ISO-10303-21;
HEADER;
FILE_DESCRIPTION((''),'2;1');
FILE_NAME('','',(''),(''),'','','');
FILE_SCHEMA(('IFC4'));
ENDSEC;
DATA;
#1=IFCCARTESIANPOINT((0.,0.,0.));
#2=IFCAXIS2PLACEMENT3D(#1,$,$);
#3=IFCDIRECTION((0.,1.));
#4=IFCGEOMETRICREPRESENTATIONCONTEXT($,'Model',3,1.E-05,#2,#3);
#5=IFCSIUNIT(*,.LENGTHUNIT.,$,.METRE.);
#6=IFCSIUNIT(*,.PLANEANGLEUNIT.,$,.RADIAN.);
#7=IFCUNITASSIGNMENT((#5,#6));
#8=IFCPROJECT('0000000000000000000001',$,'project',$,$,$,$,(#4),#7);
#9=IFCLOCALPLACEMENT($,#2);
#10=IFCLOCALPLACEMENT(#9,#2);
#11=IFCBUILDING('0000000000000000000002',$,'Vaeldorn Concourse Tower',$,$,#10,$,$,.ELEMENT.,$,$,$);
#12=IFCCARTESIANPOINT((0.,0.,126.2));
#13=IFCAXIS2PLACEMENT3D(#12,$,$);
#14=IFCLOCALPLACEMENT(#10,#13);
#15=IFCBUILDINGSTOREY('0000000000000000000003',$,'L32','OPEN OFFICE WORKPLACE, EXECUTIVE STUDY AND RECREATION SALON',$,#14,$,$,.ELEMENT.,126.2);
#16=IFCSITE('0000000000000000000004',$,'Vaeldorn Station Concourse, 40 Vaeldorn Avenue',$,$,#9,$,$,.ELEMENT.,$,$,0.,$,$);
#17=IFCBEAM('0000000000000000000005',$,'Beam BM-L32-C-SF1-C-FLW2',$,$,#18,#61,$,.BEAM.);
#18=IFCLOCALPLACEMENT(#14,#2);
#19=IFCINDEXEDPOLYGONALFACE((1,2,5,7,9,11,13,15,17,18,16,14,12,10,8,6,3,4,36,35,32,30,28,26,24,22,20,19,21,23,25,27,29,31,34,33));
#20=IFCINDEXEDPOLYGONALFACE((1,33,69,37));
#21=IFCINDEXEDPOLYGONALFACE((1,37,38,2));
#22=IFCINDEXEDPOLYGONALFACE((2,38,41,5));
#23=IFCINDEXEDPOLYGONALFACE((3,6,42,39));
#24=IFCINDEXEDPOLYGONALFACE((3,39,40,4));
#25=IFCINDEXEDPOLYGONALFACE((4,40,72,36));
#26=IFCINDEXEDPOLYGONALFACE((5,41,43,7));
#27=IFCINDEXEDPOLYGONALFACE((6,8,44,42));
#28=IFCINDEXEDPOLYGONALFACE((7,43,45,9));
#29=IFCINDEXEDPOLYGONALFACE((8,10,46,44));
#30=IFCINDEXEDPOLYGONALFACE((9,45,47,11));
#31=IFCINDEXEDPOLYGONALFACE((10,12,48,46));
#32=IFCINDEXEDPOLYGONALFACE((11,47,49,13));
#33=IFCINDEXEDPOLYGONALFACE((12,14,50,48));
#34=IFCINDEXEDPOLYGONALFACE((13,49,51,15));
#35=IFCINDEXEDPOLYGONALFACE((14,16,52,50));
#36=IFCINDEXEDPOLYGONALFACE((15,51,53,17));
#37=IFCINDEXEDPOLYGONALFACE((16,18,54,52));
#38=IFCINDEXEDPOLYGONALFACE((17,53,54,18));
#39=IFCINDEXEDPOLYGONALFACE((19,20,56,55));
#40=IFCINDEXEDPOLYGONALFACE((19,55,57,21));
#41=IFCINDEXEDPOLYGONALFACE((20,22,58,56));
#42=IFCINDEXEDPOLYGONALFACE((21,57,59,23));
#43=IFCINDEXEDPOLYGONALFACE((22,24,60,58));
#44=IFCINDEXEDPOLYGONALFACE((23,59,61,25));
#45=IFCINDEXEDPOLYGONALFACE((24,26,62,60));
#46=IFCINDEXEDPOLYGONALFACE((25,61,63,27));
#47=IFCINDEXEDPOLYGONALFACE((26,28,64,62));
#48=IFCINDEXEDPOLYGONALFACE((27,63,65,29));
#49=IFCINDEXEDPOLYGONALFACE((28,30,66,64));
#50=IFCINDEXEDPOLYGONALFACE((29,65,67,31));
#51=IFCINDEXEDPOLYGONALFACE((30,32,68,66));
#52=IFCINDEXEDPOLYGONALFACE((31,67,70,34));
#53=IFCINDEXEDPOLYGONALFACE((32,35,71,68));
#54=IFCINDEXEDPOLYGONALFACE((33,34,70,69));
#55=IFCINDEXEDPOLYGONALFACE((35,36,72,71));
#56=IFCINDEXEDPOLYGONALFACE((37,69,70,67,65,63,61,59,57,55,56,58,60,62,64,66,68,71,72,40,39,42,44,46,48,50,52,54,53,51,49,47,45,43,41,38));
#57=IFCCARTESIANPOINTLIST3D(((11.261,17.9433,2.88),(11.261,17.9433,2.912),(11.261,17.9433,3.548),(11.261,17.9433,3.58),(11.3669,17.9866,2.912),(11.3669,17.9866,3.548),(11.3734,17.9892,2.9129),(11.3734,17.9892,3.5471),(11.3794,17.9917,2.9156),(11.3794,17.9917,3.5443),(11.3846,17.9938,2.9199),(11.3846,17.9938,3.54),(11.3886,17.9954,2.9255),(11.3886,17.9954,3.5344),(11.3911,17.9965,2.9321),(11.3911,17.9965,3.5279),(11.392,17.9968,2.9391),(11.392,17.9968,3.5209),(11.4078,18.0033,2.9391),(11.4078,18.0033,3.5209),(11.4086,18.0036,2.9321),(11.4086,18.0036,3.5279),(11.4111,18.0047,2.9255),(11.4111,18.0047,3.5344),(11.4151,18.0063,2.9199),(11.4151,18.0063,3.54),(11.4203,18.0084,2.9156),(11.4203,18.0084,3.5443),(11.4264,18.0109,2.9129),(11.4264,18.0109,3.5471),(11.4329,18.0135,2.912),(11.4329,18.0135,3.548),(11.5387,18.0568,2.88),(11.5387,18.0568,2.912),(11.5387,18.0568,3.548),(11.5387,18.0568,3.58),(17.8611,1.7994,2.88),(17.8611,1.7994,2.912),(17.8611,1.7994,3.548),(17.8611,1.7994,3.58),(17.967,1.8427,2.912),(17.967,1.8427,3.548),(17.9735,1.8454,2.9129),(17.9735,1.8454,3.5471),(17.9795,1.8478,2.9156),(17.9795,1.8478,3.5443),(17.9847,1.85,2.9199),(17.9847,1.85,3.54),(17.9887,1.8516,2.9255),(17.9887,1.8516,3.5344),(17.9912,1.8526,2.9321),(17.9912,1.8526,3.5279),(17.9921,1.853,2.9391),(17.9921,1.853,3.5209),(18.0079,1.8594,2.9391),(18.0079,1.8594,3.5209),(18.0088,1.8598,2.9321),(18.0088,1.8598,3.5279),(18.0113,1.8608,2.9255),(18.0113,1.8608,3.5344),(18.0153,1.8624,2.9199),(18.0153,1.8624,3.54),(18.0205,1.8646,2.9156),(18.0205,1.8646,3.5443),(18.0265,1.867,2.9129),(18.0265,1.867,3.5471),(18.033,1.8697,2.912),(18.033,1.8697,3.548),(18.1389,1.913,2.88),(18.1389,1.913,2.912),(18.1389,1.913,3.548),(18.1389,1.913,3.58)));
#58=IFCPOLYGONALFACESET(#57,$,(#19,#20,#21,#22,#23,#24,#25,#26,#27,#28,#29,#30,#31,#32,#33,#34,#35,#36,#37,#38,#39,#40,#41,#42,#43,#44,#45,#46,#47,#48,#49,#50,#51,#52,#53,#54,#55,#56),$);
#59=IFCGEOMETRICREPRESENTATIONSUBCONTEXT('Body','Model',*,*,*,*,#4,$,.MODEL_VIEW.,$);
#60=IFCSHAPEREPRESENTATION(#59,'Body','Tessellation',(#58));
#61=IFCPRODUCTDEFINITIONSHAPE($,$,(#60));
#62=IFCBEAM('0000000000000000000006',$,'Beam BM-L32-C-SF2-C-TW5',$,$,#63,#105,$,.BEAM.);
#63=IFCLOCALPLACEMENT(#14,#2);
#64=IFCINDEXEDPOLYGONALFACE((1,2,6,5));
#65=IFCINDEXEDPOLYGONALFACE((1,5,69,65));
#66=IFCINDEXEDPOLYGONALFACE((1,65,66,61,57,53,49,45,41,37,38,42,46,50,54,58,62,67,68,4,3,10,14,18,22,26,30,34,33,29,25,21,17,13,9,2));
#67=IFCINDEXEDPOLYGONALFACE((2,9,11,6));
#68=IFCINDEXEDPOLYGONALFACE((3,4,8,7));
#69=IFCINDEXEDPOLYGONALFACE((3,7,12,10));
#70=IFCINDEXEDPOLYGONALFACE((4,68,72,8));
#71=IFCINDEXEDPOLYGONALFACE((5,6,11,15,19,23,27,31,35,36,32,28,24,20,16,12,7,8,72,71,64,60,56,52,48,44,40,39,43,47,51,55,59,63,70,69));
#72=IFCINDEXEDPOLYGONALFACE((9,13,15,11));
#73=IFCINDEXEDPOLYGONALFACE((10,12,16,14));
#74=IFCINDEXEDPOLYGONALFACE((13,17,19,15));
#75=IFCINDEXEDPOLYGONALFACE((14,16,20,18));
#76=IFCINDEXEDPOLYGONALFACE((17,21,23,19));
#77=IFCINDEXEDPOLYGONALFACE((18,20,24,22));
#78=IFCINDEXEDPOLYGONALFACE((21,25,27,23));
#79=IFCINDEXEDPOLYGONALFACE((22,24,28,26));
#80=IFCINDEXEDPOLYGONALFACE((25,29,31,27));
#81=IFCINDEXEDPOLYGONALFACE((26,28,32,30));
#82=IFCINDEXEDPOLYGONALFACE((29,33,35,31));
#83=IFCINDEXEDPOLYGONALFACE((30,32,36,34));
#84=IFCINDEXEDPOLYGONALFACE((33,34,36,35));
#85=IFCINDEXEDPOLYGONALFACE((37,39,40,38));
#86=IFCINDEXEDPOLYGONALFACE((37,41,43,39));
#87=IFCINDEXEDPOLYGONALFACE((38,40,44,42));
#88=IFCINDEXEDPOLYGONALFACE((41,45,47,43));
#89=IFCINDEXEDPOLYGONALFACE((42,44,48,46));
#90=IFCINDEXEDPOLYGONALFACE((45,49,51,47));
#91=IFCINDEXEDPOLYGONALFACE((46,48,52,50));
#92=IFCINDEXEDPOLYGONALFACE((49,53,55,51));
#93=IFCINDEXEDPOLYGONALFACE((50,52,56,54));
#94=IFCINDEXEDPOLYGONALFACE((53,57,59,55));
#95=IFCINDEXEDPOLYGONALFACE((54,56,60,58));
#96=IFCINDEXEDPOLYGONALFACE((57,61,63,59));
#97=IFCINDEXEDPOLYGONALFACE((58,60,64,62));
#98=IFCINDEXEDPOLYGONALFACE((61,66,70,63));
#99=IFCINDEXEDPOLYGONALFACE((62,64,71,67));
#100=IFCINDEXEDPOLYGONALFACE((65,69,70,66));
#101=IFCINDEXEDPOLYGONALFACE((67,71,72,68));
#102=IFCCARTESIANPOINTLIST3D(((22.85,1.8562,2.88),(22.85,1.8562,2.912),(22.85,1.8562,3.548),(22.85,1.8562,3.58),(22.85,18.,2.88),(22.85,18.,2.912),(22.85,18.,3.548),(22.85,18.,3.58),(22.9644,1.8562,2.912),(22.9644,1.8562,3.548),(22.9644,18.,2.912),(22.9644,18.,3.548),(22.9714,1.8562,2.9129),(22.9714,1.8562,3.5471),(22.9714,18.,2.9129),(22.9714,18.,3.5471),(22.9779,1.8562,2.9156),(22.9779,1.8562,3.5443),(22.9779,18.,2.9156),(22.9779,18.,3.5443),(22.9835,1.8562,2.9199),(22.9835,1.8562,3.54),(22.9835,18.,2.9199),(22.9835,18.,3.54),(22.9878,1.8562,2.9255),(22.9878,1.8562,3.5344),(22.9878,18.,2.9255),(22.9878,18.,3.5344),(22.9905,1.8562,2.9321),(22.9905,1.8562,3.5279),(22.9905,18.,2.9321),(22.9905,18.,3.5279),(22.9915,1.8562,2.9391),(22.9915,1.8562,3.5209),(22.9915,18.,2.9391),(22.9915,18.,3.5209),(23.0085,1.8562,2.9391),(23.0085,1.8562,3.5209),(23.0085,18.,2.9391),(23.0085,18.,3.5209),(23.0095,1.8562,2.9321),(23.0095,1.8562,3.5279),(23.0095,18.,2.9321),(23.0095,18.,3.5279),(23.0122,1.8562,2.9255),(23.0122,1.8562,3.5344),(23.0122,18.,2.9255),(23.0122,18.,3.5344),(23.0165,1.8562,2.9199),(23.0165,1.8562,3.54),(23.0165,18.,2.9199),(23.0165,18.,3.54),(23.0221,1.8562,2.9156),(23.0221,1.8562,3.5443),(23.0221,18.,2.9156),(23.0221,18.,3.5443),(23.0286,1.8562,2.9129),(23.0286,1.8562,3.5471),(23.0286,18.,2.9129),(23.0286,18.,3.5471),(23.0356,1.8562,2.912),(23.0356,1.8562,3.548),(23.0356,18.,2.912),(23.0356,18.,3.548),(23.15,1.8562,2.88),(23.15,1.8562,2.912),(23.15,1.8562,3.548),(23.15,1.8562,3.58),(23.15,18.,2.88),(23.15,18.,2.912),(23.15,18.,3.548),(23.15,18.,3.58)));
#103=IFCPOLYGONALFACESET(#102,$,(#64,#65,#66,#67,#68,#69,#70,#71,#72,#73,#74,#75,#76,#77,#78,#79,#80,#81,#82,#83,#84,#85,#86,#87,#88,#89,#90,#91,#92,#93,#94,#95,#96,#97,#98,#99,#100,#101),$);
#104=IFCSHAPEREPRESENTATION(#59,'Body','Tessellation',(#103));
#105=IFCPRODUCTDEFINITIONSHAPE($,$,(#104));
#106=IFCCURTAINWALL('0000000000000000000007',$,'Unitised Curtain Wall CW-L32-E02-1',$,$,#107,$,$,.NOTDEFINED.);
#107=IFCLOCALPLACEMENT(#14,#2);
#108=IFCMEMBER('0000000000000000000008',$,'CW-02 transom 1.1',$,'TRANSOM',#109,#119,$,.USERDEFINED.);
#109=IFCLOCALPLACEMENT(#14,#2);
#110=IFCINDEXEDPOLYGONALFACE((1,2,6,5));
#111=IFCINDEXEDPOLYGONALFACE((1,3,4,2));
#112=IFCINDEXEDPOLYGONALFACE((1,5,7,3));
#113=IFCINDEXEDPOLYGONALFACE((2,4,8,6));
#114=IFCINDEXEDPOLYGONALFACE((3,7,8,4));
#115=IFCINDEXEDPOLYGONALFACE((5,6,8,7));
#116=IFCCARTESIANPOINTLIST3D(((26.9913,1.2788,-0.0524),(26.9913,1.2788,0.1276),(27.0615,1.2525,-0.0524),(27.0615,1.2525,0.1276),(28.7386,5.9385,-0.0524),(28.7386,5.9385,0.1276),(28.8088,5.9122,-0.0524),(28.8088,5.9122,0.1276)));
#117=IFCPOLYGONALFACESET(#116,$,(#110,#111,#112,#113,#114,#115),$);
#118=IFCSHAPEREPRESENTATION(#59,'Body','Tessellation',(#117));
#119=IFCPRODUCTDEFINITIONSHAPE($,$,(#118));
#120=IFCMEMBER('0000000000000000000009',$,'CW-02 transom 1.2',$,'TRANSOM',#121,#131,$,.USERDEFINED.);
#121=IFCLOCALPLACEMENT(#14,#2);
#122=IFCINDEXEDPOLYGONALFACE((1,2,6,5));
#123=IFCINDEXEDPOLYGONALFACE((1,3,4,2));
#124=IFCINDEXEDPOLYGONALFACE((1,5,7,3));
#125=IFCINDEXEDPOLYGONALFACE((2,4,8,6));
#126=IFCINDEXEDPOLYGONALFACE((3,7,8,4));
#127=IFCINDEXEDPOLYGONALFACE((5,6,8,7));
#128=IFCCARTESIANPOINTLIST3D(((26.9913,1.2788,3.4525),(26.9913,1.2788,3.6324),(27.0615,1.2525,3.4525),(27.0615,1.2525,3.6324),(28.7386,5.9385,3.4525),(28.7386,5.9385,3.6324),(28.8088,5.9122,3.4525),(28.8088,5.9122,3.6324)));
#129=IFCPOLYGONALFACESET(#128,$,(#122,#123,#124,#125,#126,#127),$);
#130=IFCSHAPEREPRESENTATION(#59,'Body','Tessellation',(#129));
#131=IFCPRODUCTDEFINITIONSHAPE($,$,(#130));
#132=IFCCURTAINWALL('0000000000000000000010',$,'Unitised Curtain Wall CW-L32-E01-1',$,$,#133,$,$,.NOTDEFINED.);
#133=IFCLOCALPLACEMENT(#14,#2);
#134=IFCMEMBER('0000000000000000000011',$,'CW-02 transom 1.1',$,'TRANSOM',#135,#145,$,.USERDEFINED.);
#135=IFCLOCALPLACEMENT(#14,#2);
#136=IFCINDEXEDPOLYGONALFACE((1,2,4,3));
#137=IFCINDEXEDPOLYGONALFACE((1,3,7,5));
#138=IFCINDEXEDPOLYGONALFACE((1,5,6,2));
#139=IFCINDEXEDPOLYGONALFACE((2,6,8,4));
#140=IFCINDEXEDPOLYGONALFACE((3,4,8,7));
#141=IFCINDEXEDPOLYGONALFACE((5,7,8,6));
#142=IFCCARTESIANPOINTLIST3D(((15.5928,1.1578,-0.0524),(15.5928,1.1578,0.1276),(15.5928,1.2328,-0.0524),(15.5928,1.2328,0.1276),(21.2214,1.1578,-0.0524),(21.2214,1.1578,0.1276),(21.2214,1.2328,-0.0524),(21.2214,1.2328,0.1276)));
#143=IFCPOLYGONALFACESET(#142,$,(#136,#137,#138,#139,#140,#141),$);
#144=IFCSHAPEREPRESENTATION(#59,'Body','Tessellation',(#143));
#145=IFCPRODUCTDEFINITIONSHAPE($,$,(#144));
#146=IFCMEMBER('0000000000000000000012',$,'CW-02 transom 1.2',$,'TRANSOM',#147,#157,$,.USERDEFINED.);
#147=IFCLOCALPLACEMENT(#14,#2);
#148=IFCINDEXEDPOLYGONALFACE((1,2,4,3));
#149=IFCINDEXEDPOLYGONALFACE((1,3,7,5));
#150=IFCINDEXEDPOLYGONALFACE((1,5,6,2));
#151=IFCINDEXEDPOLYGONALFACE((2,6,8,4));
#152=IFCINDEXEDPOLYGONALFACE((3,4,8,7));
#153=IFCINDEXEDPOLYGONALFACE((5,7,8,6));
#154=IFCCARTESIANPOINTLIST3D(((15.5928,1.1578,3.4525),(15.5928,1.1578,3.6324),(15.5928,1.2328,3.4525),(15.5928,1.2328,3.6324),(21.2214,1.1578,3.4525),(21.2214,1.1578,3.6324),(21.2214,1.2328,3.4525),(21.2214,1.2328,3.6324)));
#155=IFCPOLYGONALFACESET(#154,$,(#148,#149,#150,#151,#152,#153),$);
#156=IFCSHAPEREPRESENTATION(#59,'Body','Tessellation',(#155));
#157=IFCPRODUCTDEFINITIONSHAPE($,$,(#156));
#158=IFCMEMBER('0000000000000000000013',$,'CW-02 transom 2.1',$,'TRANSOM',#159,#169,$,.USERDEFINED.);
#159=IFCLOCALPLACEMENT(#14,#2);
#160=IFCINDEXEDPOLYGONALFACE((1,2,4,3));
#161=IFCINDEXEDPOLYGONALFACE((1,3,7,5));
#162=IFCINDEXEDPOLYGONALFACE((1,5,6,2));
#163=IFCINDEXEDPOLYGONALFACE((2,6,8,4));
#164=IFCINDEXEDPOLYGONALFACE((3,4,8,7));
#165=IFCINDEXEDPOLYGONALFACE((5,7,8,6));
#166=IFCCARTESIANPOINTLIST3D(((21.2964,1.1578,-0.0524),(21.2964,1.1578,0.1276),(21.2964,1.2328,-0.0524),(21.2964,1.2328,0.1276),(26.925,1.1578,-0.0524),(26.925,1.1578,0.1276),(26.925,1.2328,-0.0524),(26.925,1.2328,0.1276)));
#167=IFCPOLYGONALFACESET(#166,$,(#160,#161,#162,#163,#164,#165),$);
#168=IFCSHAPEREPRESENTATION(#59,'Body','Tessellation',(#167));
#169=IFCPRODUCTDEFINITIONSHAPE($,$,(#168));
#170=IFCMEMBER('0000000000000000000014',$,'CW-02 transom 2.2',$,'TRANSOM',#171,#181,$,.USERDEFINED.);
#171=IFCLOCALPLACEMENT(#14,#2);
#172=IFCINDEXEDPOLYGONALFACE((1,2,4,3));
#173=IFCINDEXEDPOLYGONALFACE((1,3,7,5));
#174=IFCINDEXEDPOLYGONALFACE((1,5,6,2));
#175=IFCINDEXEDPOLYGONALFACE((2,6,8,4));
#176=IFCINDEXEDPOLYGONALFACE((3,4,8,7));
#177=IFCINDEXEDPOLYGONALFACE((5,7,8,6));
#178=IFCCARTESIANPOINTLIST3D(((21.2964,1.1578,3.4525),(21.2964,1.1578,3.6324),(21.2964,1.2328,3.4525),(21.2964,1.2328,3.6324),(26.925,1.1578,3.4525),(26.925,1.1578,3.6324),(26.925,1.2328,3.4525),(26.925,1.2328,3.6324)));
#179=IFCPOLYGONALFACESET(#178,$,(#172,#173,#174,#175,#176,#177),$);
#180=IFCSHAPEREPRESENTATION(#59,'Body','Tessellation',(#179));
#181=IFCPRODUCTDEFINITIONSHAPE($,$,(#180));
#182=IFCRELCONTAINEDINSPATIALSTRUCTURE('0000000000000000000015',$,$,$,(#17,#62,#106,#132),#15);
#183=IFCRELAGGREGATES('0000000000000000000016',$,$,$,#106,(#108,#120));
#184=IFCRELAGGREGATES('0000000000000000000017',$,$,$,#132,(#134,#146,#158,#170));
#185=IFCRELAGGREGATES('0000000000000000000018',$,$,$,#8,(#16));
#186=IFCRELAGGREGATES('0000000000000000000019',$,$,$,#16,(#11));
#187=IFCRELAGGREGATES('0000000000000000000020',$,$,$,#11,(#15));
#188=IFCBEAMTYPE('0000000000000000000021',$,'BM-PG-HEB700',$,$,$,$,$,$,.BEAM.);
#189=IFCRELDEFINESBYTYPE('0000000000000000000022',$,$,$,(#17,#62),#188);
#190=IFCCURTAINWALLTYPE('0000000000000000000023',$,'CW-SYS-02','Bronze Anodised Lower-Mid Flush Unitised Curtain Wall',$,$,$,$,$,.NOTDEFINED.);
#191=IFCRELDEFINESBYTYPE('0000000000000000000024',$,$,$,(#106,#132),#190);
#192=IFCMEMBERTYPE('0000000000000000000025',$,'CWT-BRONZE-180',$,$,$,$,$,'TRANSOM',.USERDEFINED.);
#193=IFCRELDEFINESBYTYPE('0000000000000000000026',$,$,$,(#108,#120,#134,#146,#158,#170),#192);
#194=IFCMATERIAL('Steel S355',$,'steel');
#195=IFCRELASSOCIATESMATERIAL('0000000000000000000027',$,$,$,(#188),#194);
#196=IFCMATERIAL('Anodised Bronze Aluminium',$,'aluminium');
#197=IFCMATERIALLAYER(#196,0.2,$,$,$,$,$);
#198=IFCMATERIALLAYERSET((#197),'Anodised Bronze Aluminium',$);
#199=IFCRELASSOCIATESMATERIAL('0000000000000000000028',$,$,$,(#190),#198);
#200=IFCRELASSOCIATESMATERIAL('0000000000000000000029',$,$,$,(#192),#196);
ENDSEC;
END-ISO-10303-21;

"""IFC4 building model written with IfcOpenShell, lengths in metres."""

from ifc_helpers import new_model, si_unit, direction, frame, origin, origin_2d, place, context, subcontext, project, spatial, rectangle, i_section, extrude, source, transform, mapped, material, layer, layer_set, material_profile, profile_set, type_object, element, aggregate, save


model = new_model("IFC4")

# Units and contexts
model_context = context("Model", 3, precision=1e-05, world=origin(), true_north=direction((0.0, 1.0)))
body_context = subcontext(model_context, "Body", "Model", "MODEL_VIEW")
ifc_project = project(units=[si_unit("LENGTHUNIT", "METRE"), si_unit("PLANEANGLEUNIT", "RADIAN")], contexts=[model_context])

# Site, building, storey
site_placement = place(None, origin())
site = spatial("IfcSite", under=ifc_project, at=site_placement, Name="Vaeldorn Station Concourse, 40 Vaeldorn Avenue", CompositionType="ELEMENT", RefElevation=0.0)
building_placement = place(site_placement, origin())
building = spatial("IfcBuilding", under=site, at=building_placement, Name="Vaeldorn Concourse Tower", CompositionType="ELEMENT")
storey_placement = place(building_placement, frame((0.0, 0.0, 126.2)))
storey = spatial("IfcBuildingStorey", under=building, at=storey_placement, Name="L32", Description="OPEN OFFICE WORKPLACE, EXECUTIVE STUDY AND RECREATION SALON", CompositionType="ELEMENT", Elevation=126.2)

# Beams
ifc_material_1 = material(Name="Steel S355", Category="steel")
ifc_material_profile_1 = material_profile(ifc_material_1, i_section(OverallWidth=0.3, OverallDepth=0.7, WebThickness=0.0171, FlangeThickness=0.032, FilletRadius=0.0271, at=origin_2d()), Name="HEB 700")
ifc_profile_set_1 = profile_set([ifc_material_profile_1], Name="Steel S355")
beam_type_1 = type_object("IfcBeamType", Name="BM-PG-HEB700", PredefinedType="BEAM", material=ifc_profile_set_1)
shared_shape_1 = source(origin(), body_context, "Body", "SweptSolid", [
    extrude(i_section(OverallWidth=0.3, OverallDepth=0.7, WebThickness=0.0171, FlangeThickness=0.032, FilletRadius=0.0271, at=origin_2d()), origin(), (0.0, 0.0, 1.0), 17.4409),
])
beam_1_placement = place(storey_placement, frame((18.0, 1.8562, 3.23), z_axis=(-0.378427, 0.925631, 0.0), x_axis=(-0.925631, -0.378427, 0.0)))
element("IfcBeam", 1, at=beam_1_placement, inside=storey, type_object=beam_type_1, Name="Beam BM-L32-C-SF1-C-FLW2", PredefinedType="BEAM", context=body_context, shape_type="MappedRepresentation", body=[
    mapped(shared_shape_1, transform((0.0, 0.0, 0.0), scale=1.0)),
])
shared_shape_2 = source(origin(), body_context, "Body", "SweptSolid", [
    extrude(i_section(OverallWidth=0.3, OverallDepth=0.7, WebThickness=0.0171, FlangeThickness=0.032, FilletRadius=0.0271, at=origin_2d()), origin(), (0.0, 0.0, 1.0), 16.1438),
])
beam_2_placement = place(storey_placement, frame((23.0, 1.8562, 3.23), z_axis=(0.0, 1.0, 0.0), x_axis=(-1.0, 0.0, 0.0)))
element("IfcBeam", 2, at=beam_2_placement, inside=storey, type_object=beam_type_1, Name="Beam BM-L32-C-SF2-C-TW5", PredefinedType="BEAM", context=body_context, shape_type="MappedRepresentation", body=[
    mapped(shared_shape_2, transform((0.0, 0.0, 0.0), scale=1.0)),
])

# Curtain walls, members
ifc_material_2 = material(Name="Anodised Bronze Aluminium", Category="aluminium")
ifc_layer_1 = layer(ifc_material_2, 0.2)
ifc_layer_set_1 = layer_set([ifc_layer_1], Name="Anodised Bronze Aluminium")
curtain_wall_type = type_object("IfcCurtainWallType", Name="CW-SYS-02", Description="Bronze Anodised Lower-Mid Flush Unitised Curtain Wall", PredefinedType="NOTDEFINED", material=ifc_layer_set_1)
curtain_wall_1_placement = place(storey_placement, origin())
curtain_wall_1 = element("IfcCurtainWall", 3, at=curtain_wall_1_placement, inside=storey, type_object=curtain_wall_type, Name="Unitised Curtain Wall CW-L32-E02-1", PredefinedType="NOTDEFINED")
ifc_material_profile_2 = material_profile(ifc_material_2, rectangle(XDim=0.075, YDim=0.1799, at=origin_2d()), Name="CWT 75x180")
ifc_profile_set_2 = profile_set([ifc_material_profile_2], Name="Anodised Bronze Aluminium")
member_type_1 = type_object("IfcMemberType", Name="CWT-BRONZE-180", ElementType="TRANSOM", PredefinedType="USERDEFINED", material=ifc_profile_set_2)
shared_shape_3 = source(origin(), body_context, "Body", "SweptSolid", [
    extrude(rectangle(XDim=0.075, YDim=0.1799, at=origin_2d()), origin(), (0.0, 0.0, 1.0), 4.9766),
])
member_1_placement = place(storey_placement, frame((27.0264, 1.2656, 0.0376), z_axis=(0.351113, 0.936333, 0.0), x_axis=(-0.936333, 0.351113, 0.0)))
member_1 = element("IfcMember", 4, at=member_1_placement, type_object=member_type_1, Name="CW-02 transom 1.1", ObjectType="TRANSOM", PredefinedType="USERDEFINED", context=body_context, shape_type="MappedRepresentation", body=[
    mapped(shared_shape_3, transform((0.0, 0.0, 0.0), scale=1.0)),
])
member_2_placement = place(storey_placement, frame((27.0264, 1.2656, 3.5425), z_axis=(0.351113, 0.936333, 0.0), x_axis=(-0.936333, 0.351113, 0.0)))
member_2 = element("IfcMember", 5, at=member_2_placement, type_object=member_type_1, Name="CW-02 transom 1.2", ObjectType="TRANSOM", PredefinedType="USERDEFINED", context=body_context, shape_type="MappedRepresentation", body=[
    mapped(shared_shape_3, transform((0.0, 0.0, 0.0), scale=1.0)),
])
curtain_wall_2_placement = place(storey_placement, origin())
curtain_wall_2 = element("IfcCurtainWall", 6, at=curtain_wall_2_placement, inside=storey, type_object=curtain_wall_type, Name="Unitised Curtain Wall CW-L32-E01-1", PredefinedType="NOTDEFINED")
shared_shape_4 = source(origin(), body_context, "Body", "SweptSolid", [
    extrude(rectangle(XDim=0.075, YDim=0.1799, at=origin_2d()), origin(), (0.0, 0.0, 1.0), 5.6287),
])
member_3_placement = place(storey_placement, frame((15.5928, 1.1953, 0.0376), z_axis=(1.0, 0.0, 0.0), x_axis=(0.0, 1.0, 0.0)))
member_3 = element("IfcMember", 7, at=member_3_placement, type_object=member_type_1, Name="CW-02 transom 1.1", ObjectType="TRANSOM", PredefinedType="USERDEFINED", context=body_context, shape_type="MappedRepresentation", body=[
    mapped(shared_shape_4, transform((0.0, 0.0, 0.0), scale=1.0)),
])
member_4_placement = place(storey_placement, frame((15.5928, 1.1953, 3.5425), z_axis=(1.0, 0.0, 0.0), x_axis=(0.0, 1.0, 0.0)))
member_4 = element("IfcMember", 8, at=member_4_placement, type_object=member_type_1, Name="CW-02 transom 1.2", ObjectType="TRANSOM", PredefinedType="USERDEFINED", context=body_context, shape_type="MappedRepresentation", body=[
    mapped(shared_shape_4, transform((0.0, 0.0, 0.0), scale=1.0)),
])
member_5_placement = place(storey_placement, frame((21.2964, 1.1953, 0.0376), z_axis=(1.0, 0.0, 0.0), x_axis=(0.0, 1.0, 0.0)))
member_5 = element("IfcMember", 9, at=member_5_placement, type_object=member_type_1, Name="CW-02 transom 2.1", ObjectType="TRANSOM", PredefinedType="USERDEFINED", context=body_context, shape_type="MappedRepresentation", body=[
    mapped(shared_shape_4, transform((0.0, 0.0, 0.0), scale=1.0)),
])
member_6_placement = place(storey_placement, frame((21.2964, 1.1953, 3.5425), z_axis=(1.0, 0.0, 0.0), x_axis=(0.0, 1.0, 0.0)))
member_6 = element("IfcMember", 10, at=member_6_placement, type_object=member_type_1, Name="CW-02 transom 2.2", ObjectType="TRANSOM", PredefinedType="USERDEFINED", context=body_context, shape_type="MappedRepresentation", body=[
    mapped(shared_shape_4, transform((0.0, 0.0, 0.0), scale=1.0)),
])

aggregate(curtain_wall_1, [member_1, member_2])

aggregate(curtain_wall_2, [member_3, member_4, member_5, member_6])

save(model, "model.ifc")
